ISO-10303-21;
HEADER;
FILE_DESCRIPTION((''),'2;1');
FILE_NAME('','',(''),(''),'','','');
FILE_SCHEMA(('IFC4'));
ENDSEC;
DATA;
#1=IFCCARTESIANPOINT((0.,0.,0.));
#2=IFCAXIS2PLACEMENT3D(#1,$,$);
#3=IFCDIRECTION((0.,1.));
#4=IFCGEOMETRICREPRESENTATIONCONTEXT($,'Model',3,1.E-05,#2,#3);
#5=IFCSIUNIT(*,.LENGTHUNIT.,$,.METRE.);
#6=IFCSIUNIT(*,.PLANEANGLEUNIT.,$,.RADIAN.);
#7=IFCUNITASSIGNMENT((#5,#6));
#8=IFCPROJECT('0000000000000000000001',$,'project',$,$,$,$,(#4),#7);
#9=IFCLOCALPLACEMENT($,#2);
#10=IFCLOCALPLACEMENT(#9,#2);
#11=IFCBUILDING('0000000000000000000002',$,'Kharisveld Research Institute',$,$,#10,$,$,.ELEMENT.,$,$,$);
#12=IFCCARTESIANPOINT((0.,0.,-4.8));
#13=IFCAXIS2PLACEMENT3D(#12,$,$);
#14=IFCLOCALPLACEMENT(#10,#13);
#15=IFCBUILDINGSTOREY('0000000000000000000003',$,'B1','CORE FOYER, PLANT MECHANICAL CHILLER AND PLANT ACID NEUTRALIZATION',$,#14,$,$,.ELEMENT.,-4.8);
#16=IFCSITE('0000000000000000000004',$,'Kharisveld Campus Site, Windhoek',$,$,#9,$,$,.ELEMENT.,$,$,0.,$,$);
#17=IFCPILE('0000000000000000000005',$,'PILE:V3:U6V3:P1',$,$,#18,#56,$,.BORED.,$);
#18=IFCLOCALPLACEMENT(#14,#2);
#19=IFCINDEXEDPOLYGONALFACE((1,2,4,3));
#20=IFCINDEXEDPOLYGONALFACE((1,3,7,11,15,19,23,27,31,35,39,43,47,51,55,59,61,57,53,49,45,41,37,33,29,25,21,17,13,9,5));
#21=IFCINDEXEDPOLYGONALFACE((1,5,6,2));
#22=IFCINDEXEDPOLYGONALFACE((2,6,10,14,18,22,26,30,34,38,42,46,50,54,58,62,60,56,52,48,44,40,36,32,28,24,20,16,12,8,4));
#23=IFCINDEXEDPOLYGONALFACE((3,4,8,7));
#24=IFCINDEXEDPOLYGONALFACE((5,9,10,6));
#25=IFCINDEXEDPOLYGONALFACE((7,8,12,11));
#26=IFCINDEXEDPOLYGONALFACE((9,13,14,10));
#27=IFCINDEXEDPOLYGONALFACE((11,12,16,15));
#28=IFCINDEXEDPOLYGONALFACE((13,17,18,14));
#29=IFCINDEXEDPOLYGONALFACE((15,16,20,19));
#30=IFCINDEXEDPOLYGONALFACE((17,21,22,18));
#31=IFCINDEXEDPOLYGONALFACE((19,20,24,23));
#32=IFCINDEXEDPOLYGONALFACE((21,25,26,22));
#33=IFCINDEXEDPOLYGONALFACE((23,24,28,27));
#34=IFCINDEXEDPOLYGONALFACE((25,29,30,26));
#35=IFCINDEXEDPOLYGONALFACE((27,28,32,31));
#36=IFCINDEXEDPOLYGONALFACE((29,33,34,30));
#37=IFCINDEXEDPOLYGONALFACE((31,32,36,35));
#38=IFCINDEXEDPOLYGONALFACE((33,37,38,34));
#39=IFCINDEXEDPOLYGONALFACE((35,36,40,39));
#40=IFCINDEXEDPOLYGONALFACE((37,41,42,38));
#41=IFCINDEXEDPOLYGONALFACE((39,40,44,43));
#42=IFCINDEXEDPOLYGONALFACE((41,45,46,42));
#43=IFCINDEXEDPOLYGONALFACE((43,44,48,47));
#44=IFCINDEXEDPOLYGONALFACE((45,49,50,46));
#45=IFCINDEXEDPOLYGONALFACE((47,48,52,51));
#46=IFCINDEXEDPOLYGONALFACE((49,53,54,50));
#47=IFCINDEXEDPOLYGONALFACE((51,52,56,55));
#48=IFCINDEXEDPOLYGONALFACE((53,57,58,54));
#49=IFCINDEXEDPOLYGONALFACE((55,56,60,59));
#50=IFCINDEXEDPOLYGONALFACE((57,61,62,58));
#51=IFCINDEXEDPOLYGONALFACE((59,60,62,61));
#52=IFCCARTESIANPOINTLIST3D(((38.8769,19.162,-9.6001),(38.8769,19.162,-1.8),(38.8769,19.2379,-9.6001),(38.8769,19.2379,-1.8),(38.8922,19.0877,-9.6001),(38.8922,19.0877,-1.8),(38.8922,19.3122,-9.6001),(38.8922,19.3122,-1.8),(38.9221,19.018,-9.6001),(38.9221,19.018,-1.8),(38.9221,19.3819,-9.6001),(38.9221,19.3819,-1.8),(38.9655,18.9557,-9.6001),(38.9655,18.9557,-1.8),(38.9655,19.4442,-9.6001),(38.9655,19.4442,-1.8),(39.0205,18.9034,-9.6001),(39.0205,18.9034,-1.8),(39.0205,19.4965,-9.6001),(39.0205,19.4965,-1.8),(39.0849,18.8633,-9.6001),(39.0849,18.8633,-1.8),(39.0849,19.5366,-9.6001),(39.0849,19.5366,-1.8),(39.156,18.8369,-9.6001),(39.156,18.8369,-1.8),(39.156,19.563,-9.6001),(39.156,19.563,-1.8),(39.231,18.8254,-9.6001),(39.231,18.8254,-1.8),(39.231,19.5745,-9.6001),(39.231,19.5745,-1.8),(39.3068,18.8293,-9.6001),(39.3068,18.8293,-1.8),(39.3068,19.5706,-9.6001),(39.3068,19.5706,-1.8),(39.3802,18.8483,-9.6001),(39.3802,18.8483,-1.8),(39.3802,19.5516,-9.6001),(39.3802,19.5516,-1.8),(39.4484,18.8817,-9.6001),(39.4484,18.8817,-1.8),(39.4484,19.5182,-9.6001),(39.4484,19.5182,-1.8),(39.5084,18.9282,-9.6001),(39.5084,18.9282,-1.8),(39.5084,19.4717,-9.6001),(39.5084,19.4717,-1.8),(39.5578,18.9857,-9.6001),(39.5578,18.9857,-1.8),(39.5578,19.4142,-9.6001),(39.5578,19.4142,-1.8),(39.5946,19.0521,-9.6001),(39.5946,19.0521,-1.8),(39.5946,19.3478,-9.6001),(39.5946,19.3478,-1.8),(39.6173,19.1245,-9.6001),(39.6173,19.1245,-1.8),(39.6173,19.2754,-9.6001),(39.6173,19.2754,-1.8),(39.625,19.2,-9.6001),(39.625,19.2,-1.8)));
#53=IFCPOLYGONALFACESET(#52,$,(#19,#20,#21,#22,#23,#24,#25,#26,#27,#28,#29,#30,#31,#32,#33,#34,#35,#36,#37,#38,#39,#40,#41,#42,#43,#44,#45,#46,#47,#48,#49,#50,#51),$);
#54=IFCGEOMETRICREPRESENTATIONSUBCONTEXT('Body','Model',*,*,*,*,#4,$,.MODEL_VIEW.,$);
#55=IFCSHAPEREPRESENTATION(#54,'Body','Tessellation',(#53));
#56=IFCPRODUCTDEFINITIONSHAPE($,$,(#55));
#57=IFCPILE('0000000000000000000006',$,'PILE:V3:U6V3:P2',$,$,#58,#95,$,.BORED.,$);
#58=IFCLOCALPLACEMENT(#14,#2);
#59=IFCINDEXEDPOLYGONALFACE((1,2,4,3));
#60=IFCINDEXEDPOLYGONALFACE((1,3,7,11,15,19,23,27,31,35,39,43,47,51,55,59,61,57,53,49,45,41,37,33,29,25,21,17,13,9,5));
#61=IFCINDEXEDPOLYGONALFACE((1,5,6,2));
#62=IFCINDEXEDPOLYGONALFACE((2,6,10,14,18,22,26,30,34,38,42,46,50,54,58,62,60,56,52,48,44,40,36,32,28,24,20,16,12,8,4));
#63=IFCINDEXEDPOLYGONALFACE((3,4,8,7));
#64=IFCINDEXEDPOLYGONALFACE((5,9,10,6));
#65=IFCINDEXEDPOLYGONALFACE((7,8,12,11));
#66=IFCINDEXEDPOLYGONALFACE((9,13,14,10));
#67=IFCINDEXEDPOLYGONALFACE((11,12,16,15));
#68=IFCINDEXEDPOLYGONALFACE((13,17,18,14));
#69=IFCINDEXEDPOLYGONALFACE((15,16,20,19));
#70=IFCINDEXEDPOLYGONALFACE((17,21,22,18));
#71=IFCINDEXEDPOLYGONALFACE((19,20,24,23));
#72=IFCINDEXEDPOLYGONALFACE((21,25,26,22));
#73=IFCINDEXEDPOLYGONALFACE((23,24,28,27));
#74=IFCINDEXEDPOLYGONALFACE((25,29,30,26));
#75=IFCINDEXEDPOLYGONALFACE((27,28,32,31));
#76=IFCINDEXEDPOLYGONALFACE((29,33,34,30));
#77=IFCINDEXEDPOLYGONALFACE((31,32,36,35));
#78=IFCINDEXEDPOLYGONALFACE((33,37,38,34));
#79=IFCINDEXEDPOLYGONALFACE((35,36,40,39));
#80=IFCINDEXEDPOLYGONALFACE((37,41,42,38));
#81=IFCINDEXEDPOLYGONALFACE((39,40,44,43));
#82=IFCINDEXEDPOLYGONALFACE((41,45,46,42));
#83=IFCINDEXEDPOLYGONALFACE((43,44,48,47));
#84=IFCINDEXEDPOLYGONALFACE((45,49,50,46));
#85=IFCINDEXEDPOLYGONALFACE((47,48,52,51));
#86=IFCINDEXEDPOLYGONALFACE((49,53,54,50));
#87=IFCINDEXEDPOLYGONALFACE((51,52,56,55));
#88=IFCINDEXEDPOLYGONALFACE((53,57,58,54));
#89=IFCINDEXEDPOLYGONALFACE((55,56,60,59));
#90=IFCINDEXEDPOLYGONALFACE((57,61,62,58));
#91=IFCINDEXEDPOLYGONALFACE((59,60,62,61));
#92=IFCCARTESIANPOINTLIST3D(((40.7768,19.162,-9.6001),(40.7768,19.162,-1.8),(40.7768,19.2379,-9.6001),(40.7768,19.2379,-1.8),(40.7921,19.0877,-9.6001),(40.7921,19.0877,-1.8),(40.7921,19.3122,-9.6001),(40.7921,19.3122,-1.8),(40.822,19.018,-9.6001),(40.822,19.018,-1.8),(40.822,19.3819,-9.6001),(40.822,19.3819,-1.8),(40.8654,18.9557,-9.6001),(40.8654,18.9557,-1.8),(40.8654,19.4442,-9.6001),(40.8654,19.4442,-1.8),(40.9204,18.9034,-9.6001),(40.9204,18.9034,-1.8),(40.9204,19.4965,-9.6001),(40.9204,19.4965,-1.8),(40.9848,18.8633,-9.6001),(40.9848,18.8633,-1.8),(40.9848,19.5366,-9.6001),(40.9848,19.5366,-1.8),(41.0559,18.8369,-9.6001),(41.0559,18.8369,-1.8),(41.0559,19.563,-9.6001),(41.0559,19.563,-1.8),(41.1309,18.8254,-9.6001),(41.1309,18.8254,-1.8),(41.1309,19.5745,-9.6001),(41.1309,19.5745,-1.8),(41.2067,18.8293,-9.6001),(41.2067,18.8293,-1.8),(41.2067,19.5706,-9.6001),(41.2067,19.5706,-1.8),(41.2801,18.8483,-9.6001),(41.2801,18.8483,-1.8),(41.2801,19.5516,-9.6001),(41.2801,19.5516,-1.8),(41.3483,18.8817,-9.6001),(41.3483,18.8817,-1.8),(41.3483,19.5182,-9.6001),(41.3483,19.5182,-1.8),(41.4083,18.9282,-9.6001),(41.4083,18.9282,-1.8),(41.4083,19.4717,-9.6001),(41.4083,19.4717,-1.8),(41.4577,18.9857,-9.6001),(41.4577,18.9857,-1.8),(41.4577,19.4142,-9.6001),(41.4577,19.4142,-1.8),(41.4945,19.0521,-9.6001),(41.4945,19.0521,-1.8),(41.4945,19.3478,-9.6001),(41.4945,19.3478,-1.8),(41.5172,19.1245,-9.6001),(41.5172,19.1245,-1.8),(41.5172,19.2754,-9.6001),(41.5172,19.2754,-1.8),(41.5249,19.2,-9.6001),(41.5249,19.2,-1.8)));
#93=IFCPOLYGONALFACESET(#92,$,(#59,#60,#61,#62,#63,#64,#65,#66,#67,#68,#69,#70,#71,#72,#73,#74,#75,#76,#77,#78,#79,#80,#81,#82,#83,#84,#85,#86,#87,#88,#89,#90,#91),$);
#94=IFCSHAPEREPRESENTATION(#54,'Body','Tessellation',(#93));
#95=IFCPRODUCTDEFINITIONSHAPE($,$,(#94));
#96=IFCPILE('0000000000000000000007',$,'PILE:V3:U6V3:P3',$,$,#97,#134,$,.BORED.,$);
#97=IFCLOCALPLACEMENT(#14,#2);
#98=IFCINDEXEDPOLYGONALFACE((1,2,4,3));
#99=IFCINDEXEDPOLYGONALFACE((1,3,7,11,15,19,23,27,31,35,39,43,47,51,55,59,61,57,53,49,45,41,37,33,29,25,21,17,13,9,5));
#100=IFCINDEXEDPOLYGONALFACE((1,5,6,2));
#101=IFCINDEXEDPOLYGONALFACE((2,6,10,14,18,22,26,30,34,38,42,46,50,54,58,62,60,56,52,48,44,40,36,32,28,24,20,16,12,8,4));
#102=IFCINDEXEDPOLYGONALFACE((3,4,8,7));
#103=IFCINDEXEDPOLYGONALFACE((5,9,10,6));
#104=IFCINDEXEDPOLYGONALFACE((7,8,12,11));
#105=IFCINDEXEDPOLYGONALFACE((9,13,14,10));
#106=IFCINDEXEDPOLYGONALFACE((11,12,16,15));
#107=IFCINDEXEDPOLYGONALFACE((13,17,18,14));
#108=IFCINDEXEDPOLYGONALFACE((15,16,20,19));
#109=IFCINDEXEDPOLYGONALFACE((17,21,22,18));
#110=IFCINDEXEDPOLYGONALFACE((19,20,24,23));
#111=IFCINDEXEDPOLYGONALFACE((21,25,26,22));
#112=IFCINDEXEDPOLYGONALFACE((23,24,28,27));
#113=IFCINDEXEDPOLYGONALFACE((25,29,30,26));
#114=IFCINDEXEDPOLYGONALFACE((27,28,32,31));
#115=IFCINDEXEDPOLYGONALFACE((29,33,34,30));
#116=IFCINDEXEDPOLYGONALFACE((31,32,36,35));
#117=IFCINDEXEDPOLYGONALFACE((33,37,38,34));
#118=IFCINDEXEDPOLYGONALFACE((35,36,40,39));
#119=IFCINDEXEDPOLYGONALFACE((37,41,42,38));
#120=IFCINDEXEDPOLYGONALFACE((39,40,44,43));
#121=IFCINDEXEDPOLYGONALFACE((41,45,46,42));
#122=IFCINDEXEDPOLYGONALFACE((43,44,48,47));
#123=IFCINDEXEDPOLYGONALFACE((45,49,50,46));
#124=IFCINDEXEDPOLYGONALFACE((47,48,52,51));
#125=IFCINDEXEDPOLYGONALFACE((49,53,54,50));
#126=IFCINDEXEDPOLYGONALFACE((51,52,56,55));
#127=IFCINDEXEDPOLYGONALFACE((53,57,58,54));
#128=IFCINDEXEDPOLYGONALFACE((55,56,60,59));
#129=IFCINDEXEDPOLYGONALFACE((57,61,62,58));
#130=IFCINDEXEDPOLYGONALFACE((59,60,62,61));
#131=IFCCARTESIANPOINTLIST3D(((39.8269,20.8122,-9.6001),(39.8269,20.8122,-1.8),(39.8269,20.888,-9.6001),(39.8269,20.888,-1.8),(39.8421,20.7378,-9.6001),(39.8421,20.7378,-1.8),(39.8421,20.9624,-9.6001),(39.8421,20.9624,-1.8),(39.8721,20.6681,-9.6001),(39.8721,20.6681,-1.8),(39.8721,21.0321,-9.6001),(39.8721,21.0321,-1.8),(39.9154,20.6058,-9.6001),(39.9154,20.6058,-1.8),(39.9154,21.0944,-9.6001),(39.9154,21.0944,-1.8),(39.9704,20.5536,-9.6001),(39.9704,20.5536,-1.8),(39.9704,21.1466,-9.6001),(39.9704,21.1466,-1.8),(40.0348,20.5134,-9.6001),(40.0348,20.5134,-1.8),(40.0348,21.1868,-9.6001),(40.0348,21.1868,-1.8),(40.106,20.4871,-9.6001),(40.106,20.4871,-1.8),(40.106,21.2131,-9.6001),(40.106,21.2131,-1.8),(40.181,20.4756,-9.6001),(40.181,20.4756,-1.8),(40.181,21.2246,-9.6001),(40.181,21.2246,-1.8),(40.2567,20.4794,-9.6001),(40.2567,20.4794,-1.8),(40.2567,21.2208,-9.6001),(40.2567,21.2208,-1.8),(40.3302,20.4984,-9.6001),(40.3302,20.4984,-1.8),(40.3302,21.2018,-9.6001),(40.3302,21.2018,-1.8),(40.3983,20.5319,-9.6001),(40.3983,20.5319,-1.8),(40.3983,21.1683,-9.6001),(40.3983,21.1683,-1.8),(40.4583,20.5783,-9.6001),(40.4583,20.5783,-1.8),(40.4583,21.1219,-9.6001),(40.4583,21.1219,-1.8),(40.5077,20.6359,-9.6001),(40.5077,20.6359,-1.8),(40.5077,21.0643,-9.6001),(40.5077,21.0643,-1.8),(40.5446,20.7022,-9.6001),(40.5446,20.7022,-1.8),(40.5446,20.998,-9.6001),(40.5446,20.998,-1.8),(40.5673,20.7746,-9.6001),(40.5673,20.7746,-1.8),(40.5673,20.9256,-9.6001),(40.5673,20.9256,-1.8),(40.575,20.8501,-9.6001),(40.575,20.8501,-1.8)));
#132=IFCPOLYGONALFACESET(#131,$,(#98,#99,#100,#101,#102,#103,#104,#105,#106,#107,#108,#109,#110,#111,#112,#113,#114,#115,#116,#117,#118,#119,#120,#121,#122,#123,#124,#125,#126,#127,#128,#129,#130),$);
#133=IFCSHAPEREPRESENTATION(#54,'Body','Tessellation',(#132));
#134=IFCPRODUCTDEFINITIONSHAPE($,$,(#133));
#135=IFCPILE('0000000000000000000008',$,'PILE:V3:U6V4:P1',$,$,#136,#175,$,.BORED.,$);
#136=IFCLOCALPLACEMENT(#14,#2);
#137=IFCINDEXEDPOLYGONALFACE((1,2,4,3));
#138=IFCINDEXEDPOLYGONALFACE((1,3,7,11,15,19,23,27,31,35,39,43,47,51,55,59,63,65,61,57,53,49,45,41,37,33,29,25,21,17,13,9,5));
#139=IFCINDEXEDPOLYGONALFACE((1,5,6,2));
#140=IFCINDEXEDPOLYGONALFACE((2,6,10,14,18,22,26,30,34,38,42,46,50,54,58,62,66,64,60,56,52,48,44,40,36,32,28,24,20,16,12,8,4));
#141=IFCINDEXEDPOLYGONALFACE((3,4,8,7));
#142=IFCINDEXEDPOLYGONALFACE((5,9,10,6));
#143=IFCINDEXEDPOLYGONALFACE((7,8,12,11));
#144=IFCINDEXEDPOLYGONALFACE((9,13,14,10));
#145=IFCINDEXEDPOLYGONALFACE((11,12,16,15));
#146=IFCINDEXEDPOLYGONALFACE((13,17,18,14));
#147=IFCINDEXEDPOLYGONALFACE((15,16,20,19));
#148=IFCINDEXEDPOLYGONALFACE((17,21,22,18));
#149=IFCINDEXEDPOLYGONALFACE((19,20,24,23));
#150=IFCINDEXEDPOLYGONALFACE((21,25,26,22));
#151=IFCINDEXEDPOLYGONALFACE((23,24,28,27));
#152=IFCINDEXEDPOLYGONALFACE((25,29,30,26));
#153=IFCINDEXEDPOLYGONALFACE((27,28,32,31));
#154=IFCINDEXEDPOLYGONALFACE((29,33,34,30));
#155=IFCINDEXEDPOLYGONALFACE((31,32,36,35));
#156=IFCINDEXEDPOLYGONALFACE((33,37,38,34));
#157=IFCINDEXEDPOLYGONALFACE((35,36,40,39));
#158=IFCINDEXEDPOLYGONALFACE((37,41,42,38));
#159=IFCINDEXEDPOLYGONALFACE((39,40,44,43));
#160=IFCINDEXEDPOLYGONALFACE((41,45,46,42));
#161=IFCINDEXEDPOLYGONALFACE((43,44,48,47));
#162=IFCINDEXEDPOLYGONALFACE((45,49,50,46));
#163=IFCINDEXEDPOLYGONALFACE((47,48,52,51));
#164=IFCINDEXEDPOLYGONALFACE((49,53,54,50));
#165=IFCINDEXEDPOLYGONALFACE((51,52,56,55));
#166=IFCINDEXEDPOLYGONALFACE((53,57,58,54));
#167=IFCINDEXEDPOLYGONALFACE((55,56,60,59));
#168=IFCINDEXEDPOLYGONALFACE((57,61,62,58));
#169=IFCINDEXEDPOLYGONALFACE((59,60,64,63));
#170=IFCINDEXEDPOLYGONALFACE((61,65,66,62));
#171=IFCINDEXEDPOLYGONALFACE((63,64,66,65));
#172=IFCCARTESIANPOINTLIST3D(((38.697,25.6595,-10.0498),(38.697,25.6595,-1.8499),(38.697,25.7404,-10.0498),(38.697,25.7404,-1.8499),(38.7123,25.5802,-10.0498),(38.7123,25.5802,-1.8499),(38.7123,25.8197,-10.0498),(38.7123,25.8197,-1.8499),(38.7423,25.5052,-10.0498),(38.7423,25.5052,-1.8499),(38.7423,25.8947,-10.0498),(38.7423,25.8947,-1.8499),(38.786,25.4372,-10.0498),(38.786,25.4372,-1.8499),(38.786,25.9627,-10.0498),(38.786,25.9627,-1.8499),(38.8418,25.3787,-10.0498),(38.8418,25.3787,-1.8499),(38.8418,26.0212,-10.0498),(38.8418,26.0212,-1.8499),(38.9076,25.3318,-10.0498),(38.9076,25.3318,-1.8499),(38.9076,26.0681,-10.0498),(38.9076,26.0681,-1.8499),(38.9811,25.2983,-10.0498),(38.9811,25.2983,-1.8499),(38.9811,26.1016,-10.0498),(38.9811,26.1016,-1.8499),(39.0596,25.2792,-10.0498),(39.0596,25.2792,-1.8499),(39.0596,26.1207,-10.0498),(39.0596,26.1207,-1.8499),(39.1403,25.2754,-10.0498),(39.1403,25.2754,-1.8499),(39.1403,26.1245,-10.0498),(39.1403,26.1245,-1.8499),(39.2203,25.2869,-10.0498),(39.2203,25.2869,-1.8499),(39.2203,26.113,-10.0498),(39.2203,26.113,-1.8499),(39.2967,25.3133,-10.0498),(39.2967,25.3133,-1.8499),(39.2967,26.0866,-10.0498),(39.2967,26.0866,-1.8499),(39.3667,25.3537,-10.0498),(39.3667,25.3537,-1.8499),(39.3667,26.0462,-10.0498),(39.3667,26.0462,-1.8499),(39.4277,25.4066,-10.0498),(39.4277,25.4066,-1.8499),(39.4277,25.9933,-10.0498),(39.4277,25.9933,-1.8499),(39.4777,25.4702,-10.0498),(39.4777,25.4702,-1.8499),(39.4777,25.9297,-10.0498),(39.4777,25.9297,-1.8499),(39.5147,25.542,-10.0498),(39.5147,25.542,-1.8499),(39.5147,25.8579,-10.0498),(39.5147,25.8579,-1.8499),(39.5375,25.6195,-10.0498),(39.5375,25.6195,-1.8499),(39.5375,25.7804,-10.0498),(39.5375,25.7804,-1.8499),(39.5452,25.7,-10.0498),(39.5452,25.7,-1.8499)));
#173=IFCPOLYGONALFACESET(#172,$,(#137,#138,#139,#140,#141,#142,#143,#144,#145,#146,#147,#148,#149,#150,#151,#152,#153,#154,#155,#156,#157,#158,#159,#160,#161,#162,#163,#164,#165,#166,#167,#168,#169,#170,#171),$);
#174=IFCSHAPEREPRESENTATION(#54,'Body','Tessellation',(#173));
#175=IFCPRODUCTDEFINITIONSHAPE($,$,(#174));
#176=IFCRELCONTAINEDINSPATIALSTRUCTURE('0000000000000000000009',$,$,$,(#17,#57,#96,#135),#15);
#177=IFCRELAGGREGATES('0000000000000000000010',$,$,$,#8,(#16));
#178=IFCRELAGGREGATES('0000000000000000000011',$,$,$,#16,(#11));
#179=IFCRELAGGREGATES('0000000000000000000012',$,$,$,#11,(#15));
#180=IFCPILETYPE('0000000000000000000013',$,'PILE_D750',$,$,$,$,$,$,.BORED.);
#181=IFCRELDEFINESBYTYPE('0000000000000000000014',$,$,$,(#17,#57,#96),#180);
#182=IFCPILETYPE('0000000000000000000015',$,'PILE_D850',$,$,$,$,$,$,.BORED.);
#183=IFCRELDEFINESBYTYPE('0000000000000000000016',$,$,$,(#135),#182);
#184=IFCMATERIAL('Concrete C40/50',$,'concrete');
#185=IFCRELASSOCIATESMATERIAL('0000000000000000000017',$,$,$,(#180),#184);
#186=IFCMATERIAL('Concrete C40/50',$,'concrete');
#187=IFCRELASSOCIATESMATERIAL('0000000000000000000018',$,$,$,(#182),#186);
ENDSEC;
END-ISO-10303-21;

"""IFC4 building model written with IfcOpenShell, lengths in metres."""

from ifc_helpers import new_model, si_unit, direction, frame, origin, origin_2d, place, context, subcontext, project, spatial, circle, extrude, material, material_profile, profile_set, type_object, element, save


model = new_model("IFC4")

# Units and contexts
model_context = context("Model", 3, precision=1e-05, world=origin(), true_north=direction((0.0, 1.0)))
body_context = subcontext(model_context, "Body", "Model", "MODEL_VIEW")
ifc_project = project(units=[si_unit("LENGTHUNIT", "METRE"), si_unit("PLANEANGLEUNIT", "RADIAN")], contexts=[model_context])

# Site, building, storey
site_placement = place(None, origin())
site = spatial("IfcSite", under=ifc_project, at=site_placement, Name="Kharisveld Campus Site, Windhoek", CompositionType="ELEMENT", RefElevation=0.0)
building_placement = place(site_placement, origin())
building = spatial("IfcBuilding", under=site, at=building_placement, Name="Kharisveld Research Institute", CompositionType="ELEMENT")
storey_placement = place(building_placement, frame((0.0, 0.0, -4.8)))
storey = spatial("IfcBuildingStorey", under=building, at=storey_placement, Name="B1", Description="CORE FOYER, PLANT MECHANICAL CHILLER AND PLANT ACID NEUTRALIZATION", CompositionType="ELEMENT", Elevation=-4.8)

# Piles
ifc_material_1 = material(Name="Concrete C40/50", Category="concrete")
ifc_material_profile_1 = material_profile(ifc_material_1, circle(Radius=0.375, at=origin_2d()))
ifc_profile_set_1 = profile_set([ifc_material_profile_1], Name="Concrete C40/50")
pile_type_1 = type_object("IfcPileType", Name="PILE_D750", PredefinedType="BORED", material=ifc_profile_set_1)
for number, where, z_axis, x_axis, name in (
    (1, (39.25, 19.2, -1.8), (0.0, 0.0, -1.0), (1.0, 0.0, 0.0), "PILE:V3:U6V3:P1"),
    (2, (41.1499, 19.2, -1.8), (0.0, 0.0, -1.0), (1.0, 0.0, 0.0), "PILE:V3:U6V3:P2"),
    (3, (40.2, 20.8501, -1.8), (0.0, 0.0, -1.0), (1.0, 0.0, 0.0), "PILE:V3:U6V3:P3"),
):
    element("IfcPile", number, at=place(storey_placement, frame(where, z_axis=z_axis, x_axis=x_axis)), inside=storey, type_object=pile_type_1, Name=name, PredefinedType="BORED", context=body_context, shape_type="SweptSolid", body=[
        extrude(circle(Radius=0.375, at=origin_2d()), origin(), (0.0, 0.0, 1.0), 7.8),
    ])
ifc_material_2 = material(Name="Concrete C40/50", Category="concrete")
ifc_material_profile_2 = material_profile(ifc_material_2, circle(Radius=0.425, at=origin_2d()))
ifc_profile_set_2 = profile_set([ifc_material_profile_2], Name="Concrete C40/50")
pile_type_2 = type_object("IfcPileType", Name="PILE_D850", PredefinedType="BORED", material=ifc_profile_set_2)
for number, where, z_axis, x_axis, name in (
    (4, (39.1201, 25.7, -1.8499), (0.0, 0.0, -1.0), (1.0, 0.0, 0.0), "PILE:V3:U6V4:P1"),
):
    element("IfcPile", number, at=place(storey_placement, frame(where, z_axis=z_axis, x_axis=x_axis)), inside=storey, type_object=pile_type_2, Name=name, PredefinedType="BORED", context=body_context, shape_type="SweptSolid", body=[
        extrude(circle(Radius=0.425, at=origin_2d()), origin(), (0.0, 0.0, 1.0), 8.2),
    ])

save(model, "model.ifc")
